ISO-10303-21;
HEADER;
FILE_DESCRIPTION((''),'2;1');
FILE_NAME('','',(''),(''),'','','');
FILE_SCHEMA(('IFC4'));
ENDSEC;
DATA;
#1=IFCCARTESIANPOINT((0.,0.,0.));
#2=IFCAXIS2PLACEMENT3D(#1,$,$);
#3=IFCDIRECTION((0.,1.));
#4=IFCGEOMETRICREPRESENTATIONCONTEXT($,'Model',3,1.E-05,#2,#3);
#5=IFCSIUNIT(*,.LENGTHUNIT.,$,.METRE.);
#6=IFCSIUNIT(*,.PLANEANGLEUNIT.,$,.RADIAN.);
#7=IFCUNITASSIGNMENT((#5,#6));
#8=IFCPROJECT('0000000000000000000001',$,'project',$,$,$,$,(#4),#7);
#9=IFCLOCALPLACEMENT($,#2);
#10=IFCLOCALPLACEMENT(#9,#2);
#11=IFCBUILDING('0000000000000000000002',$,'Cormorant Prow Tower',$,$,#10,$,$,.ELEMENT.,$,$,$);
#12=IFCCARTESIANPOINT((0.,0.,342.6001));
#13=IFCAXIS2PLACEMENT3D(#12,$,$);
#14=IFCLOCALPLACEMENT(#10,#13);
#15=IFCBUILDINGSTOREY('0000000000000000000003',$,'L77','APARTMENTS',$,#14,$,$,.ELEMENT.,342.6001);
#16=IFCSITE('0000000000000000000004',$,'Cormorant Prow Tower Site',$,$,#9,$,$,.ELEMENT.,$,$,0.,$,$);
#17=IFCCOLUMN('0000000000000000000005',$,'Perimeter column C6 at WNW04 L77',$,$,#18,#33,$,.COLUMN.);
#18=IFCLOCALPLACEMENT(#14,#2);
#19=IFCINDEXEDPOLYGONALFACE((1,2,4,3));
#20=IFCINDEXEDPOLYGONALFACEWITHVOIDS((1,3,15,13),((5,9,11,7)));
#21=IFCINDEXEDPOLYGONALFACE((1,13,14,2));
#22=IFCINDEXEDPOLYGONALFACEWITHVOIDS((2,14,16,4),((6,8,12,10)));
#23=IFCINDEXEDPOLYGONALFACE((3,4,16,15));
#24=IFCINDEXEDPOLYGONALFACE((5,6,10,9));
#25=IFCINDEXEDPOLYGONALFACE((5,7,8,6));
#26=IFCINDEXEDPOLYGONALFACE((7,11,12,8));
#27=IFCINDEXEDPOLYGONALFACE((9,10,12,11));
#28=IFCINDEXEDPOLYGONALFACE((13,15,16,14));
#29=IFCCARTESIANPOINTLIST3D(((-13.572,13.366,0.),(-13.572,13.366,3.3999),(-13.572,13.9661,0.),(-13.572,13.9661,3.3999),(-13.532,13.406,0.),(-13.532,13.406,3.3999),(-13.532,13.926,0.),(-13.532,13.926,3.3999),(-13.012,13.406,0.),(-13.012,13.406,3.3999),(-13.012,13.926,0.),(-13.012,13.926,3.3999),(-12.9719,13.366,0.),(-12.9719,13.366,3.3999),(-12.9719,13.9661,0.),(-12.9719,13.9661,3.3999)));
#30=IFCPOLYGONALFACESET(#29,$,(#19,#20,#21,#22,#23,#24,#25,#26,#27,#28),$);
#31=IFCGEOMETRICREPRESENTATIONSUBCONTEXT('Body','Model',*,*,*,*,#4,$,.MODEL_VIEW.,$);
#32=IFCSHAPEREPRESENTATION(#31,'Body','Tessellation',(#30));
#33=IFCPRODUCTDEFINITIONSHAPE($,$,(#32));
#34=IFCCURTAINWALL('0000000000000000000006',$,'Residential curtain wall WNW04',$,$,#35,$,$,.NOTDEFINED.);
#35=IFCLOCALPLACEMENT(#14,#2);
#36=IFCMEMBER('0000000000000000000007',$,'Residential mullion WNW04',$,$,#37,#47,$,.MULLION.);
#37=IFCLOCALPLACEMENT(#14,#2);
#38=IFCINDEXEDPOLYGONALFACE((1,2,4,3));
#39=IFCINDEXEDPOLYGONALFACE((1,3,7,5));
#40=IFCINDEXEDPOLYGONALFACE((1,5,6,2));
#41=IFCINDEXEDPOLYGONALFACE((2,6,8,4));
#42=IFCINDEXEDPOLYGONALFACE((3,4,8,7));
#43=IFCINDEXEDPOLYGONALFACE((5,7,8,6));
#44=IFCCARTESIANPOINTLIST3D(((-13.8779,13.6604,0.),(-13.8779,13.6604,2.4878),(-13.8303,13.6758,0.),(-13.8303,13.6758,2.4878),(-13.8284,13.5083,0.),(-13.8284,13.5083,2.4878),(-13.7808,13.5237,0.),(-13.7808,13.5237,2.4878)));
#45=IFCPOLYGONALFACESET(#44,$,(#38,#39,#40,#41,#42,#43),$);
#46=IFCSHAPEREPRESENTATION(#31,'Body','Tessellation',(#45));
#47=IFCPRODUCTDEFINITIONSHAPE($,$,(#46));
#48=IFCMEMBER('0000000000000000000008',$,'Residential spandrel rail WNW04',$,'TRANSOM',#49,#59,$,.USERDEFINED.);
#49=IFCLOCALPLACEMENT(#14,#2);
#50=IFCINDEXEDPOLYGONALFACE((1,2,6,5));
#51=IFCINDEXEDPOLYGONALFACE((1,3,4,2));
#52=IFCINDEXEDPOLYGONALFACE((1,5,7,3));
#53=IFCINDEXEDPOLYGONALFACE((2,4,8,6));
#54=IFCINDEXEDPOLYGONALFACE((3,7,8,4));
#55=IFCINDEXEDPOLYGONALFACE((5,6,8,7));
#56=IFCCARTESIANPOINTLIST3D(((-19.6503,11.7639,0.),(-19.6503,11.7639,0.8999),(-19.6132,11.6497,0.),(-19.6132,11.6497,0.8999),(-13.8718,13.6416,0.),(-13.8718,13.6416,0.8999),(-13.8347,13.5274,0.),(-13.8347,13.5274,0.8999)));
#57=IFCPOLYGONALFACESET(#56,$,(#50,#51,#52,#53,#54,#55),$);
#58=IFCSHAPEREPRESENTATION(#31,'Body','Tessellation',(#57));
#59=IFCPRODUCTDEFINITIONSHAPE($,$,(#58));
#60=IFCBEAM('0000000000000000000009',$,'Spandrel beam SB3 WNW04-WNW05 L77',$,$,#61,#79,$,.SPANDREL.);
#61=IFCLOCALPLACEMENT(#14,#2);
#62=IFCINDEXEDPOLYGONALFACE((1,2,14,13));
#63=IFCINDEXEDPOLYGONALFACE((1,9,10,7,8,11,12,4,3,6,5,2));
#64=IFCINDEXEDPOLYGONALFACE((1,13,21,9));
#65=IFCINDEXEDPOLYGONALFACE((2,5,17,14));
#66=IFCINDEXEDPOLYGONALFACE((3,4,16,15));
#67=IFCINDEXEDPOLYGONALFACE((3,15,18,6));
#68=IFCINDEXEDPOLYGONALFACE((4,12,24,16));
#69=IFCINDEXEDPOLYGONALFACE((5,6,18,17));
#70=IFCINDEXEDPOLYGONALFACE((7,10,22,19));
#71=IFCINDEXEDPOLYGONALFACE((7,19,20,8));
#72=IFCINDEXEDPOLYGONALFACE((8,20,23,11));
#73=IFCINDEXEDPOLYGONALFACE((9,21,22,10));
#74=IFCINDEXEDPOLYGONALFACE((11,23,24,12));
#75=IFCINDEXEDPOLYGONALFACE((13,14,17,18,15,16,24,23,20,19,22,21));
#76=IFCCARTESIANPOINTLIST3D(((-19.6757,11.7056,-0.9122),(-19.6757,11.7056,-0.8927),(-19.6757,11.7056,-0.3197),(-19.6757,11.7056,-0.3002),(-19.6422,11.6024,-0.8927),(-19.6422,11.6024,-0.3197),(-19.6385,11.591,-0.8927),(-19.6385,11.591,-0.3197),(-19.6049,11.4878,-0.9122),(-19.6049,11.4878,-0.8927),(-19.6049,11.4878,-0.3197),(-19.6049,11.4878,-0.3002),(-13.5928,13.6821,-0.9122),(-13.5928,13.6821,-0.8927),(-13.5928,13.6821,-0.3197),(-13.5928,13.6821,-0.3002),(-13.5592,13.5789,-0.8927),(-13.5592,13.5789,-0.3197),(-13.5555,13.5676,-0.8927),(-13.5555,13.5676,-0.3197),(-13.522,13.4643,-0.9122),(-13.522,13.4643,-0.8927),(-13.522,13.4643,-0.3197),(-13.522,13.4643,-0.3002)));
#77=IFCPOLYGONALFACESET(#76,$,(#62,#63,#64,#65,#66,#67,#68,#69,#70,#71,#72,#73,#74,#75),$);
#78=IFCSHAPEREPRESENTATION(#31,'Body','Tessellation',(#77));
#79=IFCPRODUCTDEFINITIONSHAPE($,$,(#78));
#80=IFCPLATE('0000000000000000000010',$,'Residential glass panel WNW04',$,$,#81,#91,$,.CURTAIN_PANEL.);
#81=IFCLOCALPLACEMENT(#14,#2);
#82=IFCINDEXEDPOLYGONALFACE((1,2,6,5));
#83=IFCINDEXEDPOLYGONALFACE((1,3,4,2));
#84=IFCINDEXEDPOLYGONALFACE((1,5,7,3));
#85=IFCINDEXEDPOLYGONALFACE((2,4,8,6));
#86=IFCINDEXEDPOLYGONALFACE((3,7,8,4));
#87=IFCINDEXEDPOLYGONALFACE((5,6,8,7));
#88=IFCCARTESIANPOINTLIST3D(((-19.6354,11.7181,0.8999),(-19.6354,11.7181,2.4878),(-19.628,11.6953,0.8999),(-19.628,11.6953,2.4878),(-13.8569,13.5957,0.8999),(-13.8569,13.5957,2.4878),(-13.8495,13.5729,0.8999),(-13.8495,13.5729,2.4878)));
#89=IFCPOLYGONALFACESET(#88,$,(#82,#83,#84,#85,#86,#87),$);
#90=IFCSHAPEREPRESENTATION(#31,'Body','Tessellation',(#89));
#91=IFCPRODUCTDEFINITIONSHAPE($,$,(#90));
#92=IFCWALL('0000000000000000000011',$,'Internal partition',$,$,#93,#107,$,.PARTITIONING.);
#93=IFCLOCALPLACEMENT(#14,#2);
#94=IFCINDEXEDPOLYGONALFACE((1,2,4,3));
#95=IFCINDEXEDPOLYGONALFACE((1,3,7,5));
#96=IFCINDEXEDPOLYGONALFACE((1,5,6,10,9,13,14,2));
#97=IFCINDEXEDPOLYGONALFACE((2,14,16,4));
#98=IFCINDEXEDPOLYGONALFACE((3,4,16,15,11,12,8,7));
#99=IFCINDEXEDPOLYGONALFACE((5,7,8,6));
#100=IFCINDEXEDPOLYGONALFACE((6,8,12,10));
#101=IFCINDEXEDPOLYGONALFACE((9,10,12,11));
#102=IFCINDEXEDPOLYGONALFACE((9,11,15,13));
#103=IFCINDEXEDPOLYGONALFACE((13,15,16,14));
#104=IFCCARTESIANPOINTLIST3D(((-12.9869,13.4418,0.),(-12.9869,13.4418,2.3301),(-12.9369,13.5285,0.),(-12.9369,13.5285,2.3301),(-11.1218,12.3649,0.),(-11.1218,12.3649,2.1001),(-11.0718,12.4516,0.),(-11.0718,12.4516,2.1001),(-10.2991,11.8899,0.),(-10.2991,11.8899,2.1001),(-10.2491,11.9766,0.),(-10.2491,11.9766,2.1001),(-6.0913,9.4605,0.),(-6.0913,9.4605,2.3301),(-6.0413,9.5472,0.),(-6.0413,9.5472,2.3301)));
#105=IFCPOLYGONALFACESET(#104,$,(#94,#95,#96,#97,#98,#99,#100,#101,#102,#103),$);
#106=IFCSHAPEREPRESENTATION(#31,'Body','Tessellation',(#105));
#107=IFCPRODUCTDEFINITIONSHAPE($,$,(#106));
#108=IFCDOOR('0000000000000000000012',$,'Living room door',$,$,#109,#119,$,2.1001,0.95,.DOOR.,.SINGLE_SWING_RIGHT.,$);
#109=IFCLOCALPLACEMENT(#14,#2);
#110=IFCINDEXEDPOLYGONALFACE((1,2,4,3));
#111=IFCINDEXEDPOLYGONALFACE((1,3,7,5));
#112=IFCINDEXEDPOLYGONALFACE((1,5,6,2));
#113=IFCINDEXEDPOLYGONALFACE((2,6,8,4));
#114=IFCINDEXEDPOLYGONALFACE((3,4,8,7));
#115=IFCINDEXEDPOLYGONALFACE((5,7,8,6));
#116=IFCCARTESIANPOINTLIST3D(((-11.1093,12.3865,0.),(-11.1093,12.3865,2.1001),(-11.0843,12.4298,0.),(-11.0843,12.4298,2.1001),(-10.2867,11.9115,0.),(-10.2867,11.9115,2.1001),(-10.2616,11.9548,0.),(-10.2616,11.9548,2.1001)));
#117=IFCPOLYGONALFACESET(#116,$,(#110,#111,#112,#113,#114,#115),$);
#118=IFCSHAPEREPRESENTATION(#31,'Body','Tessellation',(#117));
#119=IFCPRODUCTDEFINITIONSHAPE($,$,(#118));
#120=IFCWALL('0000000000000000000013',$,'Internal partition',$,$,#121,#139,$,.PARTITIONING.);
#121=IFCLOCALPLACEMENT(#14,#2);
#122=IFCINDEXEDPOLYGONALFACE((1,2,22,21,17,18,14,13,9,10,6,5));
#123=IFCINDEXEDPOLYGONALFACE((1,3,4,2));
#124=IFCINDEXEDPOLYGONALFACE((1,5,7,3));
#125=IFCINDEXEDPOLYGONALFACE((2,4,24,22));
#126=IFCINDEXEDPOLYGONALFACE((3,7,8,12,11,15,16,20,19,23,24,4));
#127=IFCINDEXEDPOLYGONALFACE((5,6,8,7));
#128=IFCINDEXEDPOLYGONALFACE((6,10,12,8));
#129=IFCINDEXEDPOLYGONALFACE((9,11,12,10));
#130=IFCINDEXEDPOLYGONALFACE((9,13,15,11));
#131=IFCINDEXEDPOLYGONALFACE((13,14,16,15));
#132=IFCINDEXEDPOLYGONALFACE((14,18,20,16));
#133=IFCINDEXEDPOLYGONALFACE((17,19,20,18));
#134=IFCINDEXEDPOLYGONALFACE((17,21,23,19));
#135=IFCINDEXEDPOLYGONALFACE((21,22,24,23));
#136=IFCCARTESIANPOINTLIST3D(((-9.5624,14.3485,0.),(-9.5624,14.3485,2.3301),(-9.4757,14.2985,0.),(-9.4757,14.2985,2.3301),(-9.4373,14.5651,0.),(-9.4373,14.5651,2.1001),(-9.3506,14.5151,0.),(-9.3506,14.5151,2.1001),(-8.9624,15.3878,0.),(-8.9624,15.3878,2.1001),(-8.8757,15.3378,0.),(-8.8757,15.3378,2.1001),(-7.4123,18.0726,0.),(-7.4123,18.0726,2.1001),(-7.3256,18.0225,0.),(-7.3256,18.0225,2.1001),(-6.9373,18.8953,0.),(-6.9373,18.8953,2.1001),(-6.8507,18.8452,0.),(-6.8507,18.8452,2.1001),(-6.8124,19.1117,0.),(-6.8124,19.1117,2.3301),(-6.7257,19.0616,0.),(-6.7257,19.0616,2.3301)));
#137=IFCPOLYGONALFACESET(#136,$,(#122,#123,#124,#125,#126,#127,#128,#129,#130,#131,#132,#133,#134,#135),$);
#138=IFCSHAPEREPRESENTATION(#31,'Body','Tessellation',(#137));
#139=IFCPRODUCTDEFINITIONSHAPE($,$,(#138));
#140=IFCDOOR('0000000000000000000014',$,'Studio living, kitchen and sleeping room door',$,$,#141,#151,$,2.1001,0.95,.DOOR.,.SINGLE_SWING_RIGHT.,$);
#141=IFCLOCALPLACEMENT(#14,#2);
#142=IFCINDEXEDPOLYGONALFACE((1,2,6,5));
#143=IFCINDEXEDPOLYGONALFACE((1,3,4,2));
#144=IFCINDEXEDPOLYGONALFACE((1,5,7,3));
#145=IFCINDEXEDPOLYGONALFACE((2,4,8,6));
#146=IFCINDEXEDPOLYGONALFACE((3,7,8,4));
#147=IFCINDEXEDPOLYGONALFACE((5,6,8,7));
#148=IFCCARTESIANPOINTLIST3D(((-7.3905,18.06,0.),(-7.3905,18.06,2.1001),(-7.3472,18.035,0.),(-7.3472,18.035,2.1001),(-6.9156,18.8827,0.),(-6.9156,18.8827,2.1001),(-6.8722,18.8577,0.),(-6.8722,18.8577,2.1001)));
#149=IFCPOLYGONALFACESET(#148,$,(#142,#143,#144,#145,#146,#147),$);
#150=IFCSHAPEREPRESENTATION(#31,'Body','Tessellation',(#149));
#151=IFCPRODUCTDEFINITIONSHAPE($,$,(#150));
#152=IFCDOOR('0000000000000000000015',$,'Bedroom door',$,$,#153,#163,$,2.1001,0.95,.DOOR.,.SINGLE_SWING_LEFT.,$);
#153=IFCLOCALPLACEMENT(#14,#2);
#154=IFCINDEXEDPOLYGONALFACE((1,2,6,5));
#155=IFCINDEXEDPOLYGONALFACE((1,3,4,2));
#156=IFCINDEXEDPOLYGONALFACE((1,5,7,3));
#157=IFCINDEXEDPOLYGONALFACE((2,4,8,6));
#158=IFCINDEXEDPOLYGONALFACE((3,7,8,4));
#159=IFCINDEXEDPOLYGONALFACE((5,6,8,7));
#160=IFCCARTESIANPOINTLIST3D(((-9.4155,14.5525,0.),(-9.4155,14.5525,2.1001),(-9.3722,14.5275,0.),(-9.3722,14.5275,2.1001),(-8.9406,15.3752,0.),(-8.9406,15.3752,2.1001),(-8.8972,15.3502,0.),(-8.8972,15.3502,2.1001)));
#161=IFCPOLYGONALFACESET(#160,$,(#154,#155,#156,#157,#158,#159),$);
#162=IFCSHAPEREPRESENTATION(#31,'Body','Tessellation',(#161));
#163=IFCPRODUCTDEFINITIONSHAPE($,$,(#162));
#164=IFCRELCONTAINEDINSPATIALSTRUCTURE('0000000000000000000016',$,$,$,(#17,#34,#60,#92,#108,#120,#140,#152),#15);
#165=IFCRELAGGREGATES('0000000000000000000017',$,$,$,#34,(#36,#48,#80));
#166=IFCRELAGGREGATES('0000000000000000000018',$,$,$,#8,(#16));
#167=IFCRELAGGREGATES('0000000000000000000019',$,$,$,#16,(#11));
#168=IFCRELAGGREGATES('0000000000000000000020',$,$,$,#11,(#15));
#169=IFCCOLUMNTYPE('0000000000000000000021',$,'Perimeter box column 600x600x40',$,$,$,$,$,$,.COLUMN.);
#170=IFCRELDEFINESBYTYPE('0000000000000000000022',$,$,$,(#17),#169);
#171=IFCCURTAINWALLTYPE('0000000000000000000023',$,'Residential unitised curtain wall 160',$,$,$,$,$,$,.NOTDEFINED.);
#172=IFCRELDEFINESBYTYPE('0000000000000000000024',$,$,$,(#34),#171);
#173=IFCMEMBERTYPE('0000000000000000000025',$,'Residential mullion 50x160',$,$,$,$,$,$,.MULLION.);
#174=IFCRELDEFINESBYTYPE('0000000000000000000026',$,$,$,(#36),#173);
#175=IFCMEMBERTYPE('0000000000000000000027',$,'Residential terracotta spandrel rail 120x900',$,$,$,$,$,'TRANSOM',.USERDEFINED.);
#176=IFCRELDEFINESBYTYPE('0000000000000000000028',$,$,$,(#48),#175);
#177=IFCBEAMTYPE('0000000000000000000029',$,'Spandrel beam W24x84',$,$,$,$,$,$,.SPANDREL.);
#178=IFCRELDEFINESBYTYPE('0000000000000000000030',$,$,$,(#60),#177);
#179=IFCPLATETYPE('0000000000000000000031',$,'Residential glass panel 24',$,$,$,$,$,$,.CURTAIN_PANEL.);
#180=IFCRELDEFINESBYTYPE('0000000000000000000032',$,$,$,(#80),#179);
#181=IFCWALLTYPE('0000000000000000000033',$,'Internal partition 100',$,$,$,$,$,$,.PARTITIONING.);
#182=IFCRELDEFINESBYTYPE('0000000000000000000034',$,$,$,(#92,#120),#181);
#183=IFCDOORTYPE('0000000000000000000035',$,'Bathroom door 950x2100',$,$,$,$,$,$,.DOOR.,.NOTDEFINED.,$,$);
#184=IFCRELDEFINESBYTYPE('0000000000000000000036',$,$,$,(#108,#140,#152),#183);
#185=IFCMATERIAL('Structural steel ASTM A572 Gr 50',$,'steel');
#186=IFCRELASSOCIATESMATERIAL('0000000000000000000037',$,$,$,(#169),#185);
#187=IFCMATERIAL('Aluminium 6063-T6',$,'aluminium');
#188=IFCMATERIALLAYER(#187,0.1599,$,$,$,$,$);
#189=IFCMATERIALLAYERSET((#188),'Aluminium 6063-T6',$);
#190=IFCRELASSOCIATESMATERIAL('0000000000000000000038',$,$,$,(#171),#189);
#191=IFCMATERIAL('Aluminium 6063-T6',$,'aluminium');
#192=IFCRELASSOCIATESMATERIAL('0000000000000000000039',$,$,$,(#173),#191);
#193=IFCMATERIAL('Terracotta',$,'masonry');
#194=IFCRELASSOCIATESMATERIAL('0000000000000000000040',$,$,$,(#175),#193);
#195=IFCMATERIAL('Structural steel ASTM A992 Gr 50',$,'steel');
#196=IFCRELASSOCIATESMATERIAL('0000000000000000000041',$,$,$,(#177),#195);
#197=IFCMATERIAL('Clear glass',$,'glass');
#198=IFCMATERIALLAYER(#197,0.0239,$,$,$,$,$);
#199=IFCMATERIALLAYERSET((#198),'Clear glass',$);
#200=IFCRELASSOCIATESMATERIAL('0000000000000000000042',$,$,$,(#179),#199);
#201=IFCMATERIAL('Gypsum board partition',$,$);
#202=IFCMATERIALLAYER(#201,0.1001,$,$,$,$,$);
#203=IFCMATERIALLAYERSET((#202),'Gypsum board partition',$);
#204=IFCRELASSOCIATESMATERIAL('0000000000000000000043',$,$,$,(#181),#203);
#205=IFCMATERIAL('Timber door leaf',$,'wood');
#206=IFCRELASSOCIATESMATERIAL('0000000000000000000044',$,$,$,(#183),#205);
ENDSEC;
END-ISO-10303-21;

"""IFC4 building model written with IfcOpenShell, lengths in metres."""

from ifc_helpers import new_model, si_unit, direction, frame, frame_2d, origin, origin_2d, place, context, subcontext, project, spatial, rectangle, hollow_rectangle, i_section, extrude, material, layer, layer_set, material_profile, profile_set, type_object, element, fill, aggregate, save


model = new_model("IFC4")

# Units and contexts
model_context = context("Model", 3, precision=1e-05, world=origin(), true_north=direction((0.0, 1.0)))
body_context = subcontext(model_context, "Body", "Model", "MODEL_VIEW")
ifc_project = project(units=[si_unit("LENGTHUNIT", "METRE"), si_unit("PLANEANGLEUNIT", "RADIAN")], contexts=[model_context])

# Site, building, storey
site_placement = place(None, origin())
site = spatial("IfcSite", under=ifc_project, at=site_placement, Name="Cormorant Prow Tower Site", CompositionType="ELEMENT", RefElevation=0.0)
building_placement = place(site_placement, origin())
building = spatial("IfcBuilding", under=site, at=building_placement, Name="Cormorant Prow Tower", CompositionType="ELEMENT")
storey_placement = place(building_placement, frame((0.0, 0.0, 342.6001)))
storey = spatial("IfcBuildingStorey", under=building, at=storey_placement, Name="L77", Description="APARTMENTS", CompositionType="ELEMENT", Elevation=342.6001)

# Column
ifc_material_1 = material(Name="Structural steel ASTM A572 Gr 50", Category="steel")
ifc_material_profile_1 = material_profile(ifc_material_1, hollow_rectangle(XDim=0.6001, YDim=0.6001, WallThickness=0.04, at=origin_2d()), Name="Box 600x600x40")
ifc_profile_set_1 = profile_set([ifc_material_profile_1], Name="Structural steel ASTM A572 Gr 50")
column_type = type_object("IfcColumnType", Name="Perimeter box column 600x600x40", PredefinedType="COLUMN", material=ifc_profile_set_1)
column_placement = place(storey_placement, frame((-13.272, 13.666, 0.0), z_axis=(0.0, 0.0, 1.0), x_axis=(1.0, 0.0, 0.0)))
element("IfcColumn", 1, at=column_placement, inside=storey, type_object=column_type, Name="Perimeter column C6 at WNW04 L77", PredefinedType="COLUMN", context=body_context, shape_type="SweptSolid", body=[
    extrude(hollow_rectangle(XDim=0.6001, YDim=0.6001, WallThickness=0.04, at=origin_2d()), origin(), (0.0, 0.0, 1.0), 3.3999),
])

# Curtain wall, members
ifc_material_2 = material(Name="Aluminium 6063-T6", Category="aluminium")
ifc_layer_1 = layer(ifc_material_2, 0.1599)
ifc_layer_set_1 = layer_set([ifc_layer_1], Name="Aluminium 6063-T6")
curtain_wall_type = type_object("IfcCurtainWallType", Name="Residential unitised curtain wall 160", PredefinedType="NOTDEFINED", material=ifc_layer_set_1)
curtain_wall_placement = place(storey_placement, origin())
curtain_wall = element("IfcCurtainWall", 2, at=curtain_wall_placement, inside=storey, type_object=curtain_wall_type, Name="Residential curtain wall WNW04", PredefinedType="NOTDEFINED")
ifc_material_3 = material(Name="Aluminium 6063-T6", Category="aluminium")
ifc_material_profile_2 = material_profile(ifc_material_3, rectangle(XDim=0.1599, YDim=0.05, at=origin_2d()), Name="Residential mullion 50x160")
ifc_profile_set_2 = profile_set([ifc_material_profile_2], Name="Aluminium 6063-T6")
member_type_1 = type_object("IfcMemberType", Name="Residential mullion 50x160", PredefinedType="MULLION", material=ifc_profile_set_2)
member_1_placement = place(storey_placement, frame((-13.8293, 13.592, 0.0), z_axis=(0.0, 0.0, 1.0), x_axis=(0.309017, -0.951057, 0.0)))
member_1 = element("IfcMember", 3, at=member_1_placement, type_object=member_type_1, Name="Residential mullion WNW04", PredefinedType="MULLION", context=body_context, shape_type="SweptSolid", body=[
    extrude(rectangle(XDim=0.1599, YDim=0.05, at=origin_2d()), origin(), (0.0, 0.0, 1.0), 2.4878),
])
ifc_material_4 = material(Name="Terracotta", Category="masonry")
ifc_material_profile_3 = material_profile(ifc_material_4, rectangle(XDim=0.1201, YDim=0.8999, at=origin_2d()), Name="Residential terracotta spandrel rail 120x900")
ifc_profile_set_3 = profile_set([ifc_material_profile_3], Name="Terracotta")
member_type_2 = type_object("IfcMemberType", Name="Residential terracotta spandrel rail 120x900", ElementType="TRANSOM", PredefinedType="USERDEFINED", material=ifc_profile_set_3)
member_2_placement = place(storey_placement, frame((-13.8533, 13.5845, 0.45), z_axis=(-0.951051, -0.309034, 0.0), x_axis=(0.309034, -0.951051, 0.0)))
member_2 = element("IfcMember", 4, at=member_2_placement, type_object=member_type_2, Name="Residential spandrel rail WNW04", ObjectType="TRANSOM", PredefinedType="USERDEFINED", context=body_context, shape_type="SweptSolid", body=[
    extrude(rectangle(XDim=0.1201, YDim=0.8999, at=origin_2d()), origin(), (0.0, 0.0, 1.0), 6.0759),
])

# Beam
ifc_material_5 = material(Name="Structural steel ASTM A992 Gr 50", Category="steel")
ifc_material_profile_4 = material_profile(ifc_material_5, i_section(OverallWidth=0.229, OverallDepth=0.6121, WebThickness=0.012, FlangeThickness=0.0195, at=origin_2d()), Name="W24x84")
ifc_profile_set_4 = profile_set([ifc_material_profile_4], Name="Structural steel ASTM A992 Gr 50")
beam_type = type_object("IfcBeamType", Name="Spandrel beam W24x84", PredefinedType="SPANDREL", material=ifc_profile_set_4)
beam_placement = place(storey_placement, frame((-13.5574, 13.5732, -0.6062), z_axis=(-0.951053, -0.309027, 0.0), x_axis=(0.309027, -0.951053, 0.0)))
element("IfcBeam", 5, at=beam_placement, inside=storey, type_object=beam_type, Name="Spandrel beam SB3 WNW04-WNW05 L77", PredefinedType="SPANDREL", context=body_context, shape_type="SweptSolid", body=[
    extrude(i_section(OverallWidth=0.229, OverallDepth=0.6121, WebThickness=0.012, FlangeThickness=0.0195, at=origin_2d()), origin(), (0.0, 0.0, 1.0), 6.396),
])

# Plate
ifc_material_6 = material(Name="Clear glass", Category="glass")
ifc_layer_2 = layer(ifc_material_6, 0.0239)
ifc_layer_set_2 = layer_set([ifc_layer_2], Name="Clear glass")
plate_type = type_object("IfcPlateType", Name="Residential glass panel 24", PredefinedType="CURTAIN_PANEL", material=ifc_layer_set_2)
plate_placement = place(storey_placement, frame((-16.7424, 12.6455, 0.8999), z_axis=(0.0, 0.0, 1.0), x_axis=(-0.951057, -0.309017, 0.0)))
plate = element("IfcPlate", 6, at=plate_placement, type_object=plate_type, Name="Residential glass panel WNW04", PredefinedType="CURTAIN_PANEL", context=body_context, shape_type="SweptSolid", body=[
    extrude(rectangle(XDim=6.0759, YDim=0.0239, at=origin_2d()), origin(), (0.0, 0.0, 1.0), 1.5879),
])
aggregate(curtain_wall, [member_1, member_2, plate])

# Wall, opening, door
ifc_material_7 = material(Name="Gypsum board partition")
ifc_layer_3 = layer(ifc_material_7, 0.1001)
ifc_layer_set_3 = layer_set([ifc_layer_3], Name="Gypsum board partition")
wall_type_1 = type_object("IfcWallType", Name="Internal partition 100", PredefinedType="PARTITIONING", material=ifc_layer_set_3)
wall_1_placement = place(storey_placement, frame((-12.9619, 13.4851, 0.0), z_axis=(0.0, 0.0, 1.0), x_axis=(0.866021, -0.500007, 0.0)))
wall_1 = element("IfcWall", 7, at=wall_1_placement, inside=storey, type_object=wall_type_1, Name="Internal partition", PredefinedType="PARTITIONING", context=body_context, shape_type="SweptSolid", body=[
    extrude(rectangle(XDim=7.9624, YDim=0.1001, at=frame_2d((3.9812, 0.0))), origin(), (0.0, 0.0, 1.0), 2.3301),
])
opening_1_placement = place(wall_1_placement, frame((2.1536, 0.0, 0.0)))
opening_1 = element("IfcOpeningElement", 8, at=opening_1_placement, cuts=wall_1, PredefinedType="OPENING", context=body_context, shape_type="SweptSolid", body=[
    extrude(rectangle(XDim=0.95, YDim=2.1001, at=frame_2d((0.4751, 1.05))), frame((0.0, 0.0601, 0.0), z_axis=(0.0, -1.0, 0.0), x_axis=(1.0, 0.0, 0.0)), (0.0, 0.0, 1.0), 0.1201),
])
ifc_material_8 = material(Name="Timber door leaf", Category="wood")
door_type_1 = type_object("IfcDoorType", Name="Bathroom door 950x2100", OperationType="NOTDEFINED", PredefinedType="DOOR", material=ifc_material_8)
door_1_placement = place(opening_1_placement, origin())
door_1 = element("IfcDoor", 9, at=door_1_placement, inside=storey, type_object=door_type_1, Name="Living room door", OperationType="SINGLE_SWING_RIGHT", OverallHeight=2.1001, OverallWidth=0.95, PredefinedType="DOOR", context=body_context, shape_type="SweptSolid", body=[
    extrude(rectangle(XDim=0.95, YDim=2.1001, at=frame_2d((0.4751, 1.05))), frame((0.0, 0.0249, 0.0), z_axis=(0.0, -1.0, 0.0), x_axis=(1.0, 0.0, 0.0)), (0.0, 0.0, 1.0), 0.05),
])
fill(opening_1, door_1)

# Wall, openings, doors
wall_2_placement = place(storey_placement, frame((-9.519, 14.3235, 0.0), z_axis=(0.0, 0.0, 1.0), x_axis=(0.499997, 0.866027, 0.0)))
wall_2 = element("IfcWall", 10, at=wall_2_placement, inside=storey, type_object=wall_type_1, Name="Internal partition", PredefinedType="PARTITIONING", context=body_context, shape_type="SweptSolid", body=[
    extrude(rectangle(XDim=5.5, YDim=0.1001, at=frame_2d((2.75, 0.0))), origin(), (0.0, 0.0, 1.0), 2.3301),
])
opening_2_placement = place(wall_2_placement, frame((4.3, 0.0, 0.0)))
opening_2 = element("IfcOpeningElement", 11, at=opening_2_placement, cuts=wall_2, PredefinedType="OPENING", context=body_context, shape_type="SweptSolid", body=[
    extrude(rectangle(XDim=0.95, YDim=2.1001, at=frame_2d((0.4751, 1.05))), frame((0.0, 0.0601, 0.0), z_axis=(0.0, -1.0, 0.0), x_axis=(1.0, 0.0, 0.0)), (0.0, 0.0, 1.0), 0.1201),
])
opening_3_placement = place(wall_2_placement, frame((0.25, 0.0, 0.0)))
opening_3 = element("IfcOpeningElement", 12, at=opening_3_placement, cuts=wall_2, PredefinedType="OPENING", context=body_context, shape_type="SweptSolid", body=[
    extrude(rectangle(XDim=0.95, YDim=2.1001, at=frame_2d((0.4751, 1.05))), frame((0.0, 0.0601, 0.0), z_axis=(0.0, -1.0, 0.0), x_axis=(1.0, 0.0, 0.0)), (0.0, 0.0, 1.0), 0.1201),
])
door_2_placement = place(opening_2_placement, origin())
door_2 = element("IfcDoor", 13, at=door_2_placement, inside=storey, type_object=door_type_1, Name="Studio living, kitchen and sleeping room door", OperationType="SINGLE_SWING_RIGHT", OverallHeight=2.1001, OverallWidth=0.95, PredefinedType="DOOR", context=body_context, shape_type="SweptSolid", body=[
    extrude(rectangle(XDim=0.95, YDim=2.1001, at=frame_2d((0.4751, 1.05))), frame((0.0, 0.0249, 0.0), z_axis=(0.0, -1.0, 0.0), x_axis=(1.0, 0.0, 0.0)), (0.0, 0.0, 1.0), 0.05),
])
fill(opening_2, door_2)
door_3_placement = place(opening_3_placement, origin())
door_3 = element("IfcDoor", 14, at=door_3_placement, inside=storey, type_object=door_type_1, Name="Bedroom door", OperationType="SINGLE_SWING_LEFT", OverallHeight=2.1001, OverallWidth=0.95, PredefinedType="DOOR", context=body_context, shape_type="SweptSolid", body=[
    extrude(rectangle(XDim=0.95, YDim=2.1001, at=frame_2d((0.4751, 1.05))), frame((0.0, 0.0249, 0.0), z_axis=(0.0, -1.0, 0.0), x_axis=(1.0, 0.0, 0.0)), (0.0, 0.0, 1.0), 0.05),
])
fill(opening_3, door_3)

save(model, "model.ifc")
